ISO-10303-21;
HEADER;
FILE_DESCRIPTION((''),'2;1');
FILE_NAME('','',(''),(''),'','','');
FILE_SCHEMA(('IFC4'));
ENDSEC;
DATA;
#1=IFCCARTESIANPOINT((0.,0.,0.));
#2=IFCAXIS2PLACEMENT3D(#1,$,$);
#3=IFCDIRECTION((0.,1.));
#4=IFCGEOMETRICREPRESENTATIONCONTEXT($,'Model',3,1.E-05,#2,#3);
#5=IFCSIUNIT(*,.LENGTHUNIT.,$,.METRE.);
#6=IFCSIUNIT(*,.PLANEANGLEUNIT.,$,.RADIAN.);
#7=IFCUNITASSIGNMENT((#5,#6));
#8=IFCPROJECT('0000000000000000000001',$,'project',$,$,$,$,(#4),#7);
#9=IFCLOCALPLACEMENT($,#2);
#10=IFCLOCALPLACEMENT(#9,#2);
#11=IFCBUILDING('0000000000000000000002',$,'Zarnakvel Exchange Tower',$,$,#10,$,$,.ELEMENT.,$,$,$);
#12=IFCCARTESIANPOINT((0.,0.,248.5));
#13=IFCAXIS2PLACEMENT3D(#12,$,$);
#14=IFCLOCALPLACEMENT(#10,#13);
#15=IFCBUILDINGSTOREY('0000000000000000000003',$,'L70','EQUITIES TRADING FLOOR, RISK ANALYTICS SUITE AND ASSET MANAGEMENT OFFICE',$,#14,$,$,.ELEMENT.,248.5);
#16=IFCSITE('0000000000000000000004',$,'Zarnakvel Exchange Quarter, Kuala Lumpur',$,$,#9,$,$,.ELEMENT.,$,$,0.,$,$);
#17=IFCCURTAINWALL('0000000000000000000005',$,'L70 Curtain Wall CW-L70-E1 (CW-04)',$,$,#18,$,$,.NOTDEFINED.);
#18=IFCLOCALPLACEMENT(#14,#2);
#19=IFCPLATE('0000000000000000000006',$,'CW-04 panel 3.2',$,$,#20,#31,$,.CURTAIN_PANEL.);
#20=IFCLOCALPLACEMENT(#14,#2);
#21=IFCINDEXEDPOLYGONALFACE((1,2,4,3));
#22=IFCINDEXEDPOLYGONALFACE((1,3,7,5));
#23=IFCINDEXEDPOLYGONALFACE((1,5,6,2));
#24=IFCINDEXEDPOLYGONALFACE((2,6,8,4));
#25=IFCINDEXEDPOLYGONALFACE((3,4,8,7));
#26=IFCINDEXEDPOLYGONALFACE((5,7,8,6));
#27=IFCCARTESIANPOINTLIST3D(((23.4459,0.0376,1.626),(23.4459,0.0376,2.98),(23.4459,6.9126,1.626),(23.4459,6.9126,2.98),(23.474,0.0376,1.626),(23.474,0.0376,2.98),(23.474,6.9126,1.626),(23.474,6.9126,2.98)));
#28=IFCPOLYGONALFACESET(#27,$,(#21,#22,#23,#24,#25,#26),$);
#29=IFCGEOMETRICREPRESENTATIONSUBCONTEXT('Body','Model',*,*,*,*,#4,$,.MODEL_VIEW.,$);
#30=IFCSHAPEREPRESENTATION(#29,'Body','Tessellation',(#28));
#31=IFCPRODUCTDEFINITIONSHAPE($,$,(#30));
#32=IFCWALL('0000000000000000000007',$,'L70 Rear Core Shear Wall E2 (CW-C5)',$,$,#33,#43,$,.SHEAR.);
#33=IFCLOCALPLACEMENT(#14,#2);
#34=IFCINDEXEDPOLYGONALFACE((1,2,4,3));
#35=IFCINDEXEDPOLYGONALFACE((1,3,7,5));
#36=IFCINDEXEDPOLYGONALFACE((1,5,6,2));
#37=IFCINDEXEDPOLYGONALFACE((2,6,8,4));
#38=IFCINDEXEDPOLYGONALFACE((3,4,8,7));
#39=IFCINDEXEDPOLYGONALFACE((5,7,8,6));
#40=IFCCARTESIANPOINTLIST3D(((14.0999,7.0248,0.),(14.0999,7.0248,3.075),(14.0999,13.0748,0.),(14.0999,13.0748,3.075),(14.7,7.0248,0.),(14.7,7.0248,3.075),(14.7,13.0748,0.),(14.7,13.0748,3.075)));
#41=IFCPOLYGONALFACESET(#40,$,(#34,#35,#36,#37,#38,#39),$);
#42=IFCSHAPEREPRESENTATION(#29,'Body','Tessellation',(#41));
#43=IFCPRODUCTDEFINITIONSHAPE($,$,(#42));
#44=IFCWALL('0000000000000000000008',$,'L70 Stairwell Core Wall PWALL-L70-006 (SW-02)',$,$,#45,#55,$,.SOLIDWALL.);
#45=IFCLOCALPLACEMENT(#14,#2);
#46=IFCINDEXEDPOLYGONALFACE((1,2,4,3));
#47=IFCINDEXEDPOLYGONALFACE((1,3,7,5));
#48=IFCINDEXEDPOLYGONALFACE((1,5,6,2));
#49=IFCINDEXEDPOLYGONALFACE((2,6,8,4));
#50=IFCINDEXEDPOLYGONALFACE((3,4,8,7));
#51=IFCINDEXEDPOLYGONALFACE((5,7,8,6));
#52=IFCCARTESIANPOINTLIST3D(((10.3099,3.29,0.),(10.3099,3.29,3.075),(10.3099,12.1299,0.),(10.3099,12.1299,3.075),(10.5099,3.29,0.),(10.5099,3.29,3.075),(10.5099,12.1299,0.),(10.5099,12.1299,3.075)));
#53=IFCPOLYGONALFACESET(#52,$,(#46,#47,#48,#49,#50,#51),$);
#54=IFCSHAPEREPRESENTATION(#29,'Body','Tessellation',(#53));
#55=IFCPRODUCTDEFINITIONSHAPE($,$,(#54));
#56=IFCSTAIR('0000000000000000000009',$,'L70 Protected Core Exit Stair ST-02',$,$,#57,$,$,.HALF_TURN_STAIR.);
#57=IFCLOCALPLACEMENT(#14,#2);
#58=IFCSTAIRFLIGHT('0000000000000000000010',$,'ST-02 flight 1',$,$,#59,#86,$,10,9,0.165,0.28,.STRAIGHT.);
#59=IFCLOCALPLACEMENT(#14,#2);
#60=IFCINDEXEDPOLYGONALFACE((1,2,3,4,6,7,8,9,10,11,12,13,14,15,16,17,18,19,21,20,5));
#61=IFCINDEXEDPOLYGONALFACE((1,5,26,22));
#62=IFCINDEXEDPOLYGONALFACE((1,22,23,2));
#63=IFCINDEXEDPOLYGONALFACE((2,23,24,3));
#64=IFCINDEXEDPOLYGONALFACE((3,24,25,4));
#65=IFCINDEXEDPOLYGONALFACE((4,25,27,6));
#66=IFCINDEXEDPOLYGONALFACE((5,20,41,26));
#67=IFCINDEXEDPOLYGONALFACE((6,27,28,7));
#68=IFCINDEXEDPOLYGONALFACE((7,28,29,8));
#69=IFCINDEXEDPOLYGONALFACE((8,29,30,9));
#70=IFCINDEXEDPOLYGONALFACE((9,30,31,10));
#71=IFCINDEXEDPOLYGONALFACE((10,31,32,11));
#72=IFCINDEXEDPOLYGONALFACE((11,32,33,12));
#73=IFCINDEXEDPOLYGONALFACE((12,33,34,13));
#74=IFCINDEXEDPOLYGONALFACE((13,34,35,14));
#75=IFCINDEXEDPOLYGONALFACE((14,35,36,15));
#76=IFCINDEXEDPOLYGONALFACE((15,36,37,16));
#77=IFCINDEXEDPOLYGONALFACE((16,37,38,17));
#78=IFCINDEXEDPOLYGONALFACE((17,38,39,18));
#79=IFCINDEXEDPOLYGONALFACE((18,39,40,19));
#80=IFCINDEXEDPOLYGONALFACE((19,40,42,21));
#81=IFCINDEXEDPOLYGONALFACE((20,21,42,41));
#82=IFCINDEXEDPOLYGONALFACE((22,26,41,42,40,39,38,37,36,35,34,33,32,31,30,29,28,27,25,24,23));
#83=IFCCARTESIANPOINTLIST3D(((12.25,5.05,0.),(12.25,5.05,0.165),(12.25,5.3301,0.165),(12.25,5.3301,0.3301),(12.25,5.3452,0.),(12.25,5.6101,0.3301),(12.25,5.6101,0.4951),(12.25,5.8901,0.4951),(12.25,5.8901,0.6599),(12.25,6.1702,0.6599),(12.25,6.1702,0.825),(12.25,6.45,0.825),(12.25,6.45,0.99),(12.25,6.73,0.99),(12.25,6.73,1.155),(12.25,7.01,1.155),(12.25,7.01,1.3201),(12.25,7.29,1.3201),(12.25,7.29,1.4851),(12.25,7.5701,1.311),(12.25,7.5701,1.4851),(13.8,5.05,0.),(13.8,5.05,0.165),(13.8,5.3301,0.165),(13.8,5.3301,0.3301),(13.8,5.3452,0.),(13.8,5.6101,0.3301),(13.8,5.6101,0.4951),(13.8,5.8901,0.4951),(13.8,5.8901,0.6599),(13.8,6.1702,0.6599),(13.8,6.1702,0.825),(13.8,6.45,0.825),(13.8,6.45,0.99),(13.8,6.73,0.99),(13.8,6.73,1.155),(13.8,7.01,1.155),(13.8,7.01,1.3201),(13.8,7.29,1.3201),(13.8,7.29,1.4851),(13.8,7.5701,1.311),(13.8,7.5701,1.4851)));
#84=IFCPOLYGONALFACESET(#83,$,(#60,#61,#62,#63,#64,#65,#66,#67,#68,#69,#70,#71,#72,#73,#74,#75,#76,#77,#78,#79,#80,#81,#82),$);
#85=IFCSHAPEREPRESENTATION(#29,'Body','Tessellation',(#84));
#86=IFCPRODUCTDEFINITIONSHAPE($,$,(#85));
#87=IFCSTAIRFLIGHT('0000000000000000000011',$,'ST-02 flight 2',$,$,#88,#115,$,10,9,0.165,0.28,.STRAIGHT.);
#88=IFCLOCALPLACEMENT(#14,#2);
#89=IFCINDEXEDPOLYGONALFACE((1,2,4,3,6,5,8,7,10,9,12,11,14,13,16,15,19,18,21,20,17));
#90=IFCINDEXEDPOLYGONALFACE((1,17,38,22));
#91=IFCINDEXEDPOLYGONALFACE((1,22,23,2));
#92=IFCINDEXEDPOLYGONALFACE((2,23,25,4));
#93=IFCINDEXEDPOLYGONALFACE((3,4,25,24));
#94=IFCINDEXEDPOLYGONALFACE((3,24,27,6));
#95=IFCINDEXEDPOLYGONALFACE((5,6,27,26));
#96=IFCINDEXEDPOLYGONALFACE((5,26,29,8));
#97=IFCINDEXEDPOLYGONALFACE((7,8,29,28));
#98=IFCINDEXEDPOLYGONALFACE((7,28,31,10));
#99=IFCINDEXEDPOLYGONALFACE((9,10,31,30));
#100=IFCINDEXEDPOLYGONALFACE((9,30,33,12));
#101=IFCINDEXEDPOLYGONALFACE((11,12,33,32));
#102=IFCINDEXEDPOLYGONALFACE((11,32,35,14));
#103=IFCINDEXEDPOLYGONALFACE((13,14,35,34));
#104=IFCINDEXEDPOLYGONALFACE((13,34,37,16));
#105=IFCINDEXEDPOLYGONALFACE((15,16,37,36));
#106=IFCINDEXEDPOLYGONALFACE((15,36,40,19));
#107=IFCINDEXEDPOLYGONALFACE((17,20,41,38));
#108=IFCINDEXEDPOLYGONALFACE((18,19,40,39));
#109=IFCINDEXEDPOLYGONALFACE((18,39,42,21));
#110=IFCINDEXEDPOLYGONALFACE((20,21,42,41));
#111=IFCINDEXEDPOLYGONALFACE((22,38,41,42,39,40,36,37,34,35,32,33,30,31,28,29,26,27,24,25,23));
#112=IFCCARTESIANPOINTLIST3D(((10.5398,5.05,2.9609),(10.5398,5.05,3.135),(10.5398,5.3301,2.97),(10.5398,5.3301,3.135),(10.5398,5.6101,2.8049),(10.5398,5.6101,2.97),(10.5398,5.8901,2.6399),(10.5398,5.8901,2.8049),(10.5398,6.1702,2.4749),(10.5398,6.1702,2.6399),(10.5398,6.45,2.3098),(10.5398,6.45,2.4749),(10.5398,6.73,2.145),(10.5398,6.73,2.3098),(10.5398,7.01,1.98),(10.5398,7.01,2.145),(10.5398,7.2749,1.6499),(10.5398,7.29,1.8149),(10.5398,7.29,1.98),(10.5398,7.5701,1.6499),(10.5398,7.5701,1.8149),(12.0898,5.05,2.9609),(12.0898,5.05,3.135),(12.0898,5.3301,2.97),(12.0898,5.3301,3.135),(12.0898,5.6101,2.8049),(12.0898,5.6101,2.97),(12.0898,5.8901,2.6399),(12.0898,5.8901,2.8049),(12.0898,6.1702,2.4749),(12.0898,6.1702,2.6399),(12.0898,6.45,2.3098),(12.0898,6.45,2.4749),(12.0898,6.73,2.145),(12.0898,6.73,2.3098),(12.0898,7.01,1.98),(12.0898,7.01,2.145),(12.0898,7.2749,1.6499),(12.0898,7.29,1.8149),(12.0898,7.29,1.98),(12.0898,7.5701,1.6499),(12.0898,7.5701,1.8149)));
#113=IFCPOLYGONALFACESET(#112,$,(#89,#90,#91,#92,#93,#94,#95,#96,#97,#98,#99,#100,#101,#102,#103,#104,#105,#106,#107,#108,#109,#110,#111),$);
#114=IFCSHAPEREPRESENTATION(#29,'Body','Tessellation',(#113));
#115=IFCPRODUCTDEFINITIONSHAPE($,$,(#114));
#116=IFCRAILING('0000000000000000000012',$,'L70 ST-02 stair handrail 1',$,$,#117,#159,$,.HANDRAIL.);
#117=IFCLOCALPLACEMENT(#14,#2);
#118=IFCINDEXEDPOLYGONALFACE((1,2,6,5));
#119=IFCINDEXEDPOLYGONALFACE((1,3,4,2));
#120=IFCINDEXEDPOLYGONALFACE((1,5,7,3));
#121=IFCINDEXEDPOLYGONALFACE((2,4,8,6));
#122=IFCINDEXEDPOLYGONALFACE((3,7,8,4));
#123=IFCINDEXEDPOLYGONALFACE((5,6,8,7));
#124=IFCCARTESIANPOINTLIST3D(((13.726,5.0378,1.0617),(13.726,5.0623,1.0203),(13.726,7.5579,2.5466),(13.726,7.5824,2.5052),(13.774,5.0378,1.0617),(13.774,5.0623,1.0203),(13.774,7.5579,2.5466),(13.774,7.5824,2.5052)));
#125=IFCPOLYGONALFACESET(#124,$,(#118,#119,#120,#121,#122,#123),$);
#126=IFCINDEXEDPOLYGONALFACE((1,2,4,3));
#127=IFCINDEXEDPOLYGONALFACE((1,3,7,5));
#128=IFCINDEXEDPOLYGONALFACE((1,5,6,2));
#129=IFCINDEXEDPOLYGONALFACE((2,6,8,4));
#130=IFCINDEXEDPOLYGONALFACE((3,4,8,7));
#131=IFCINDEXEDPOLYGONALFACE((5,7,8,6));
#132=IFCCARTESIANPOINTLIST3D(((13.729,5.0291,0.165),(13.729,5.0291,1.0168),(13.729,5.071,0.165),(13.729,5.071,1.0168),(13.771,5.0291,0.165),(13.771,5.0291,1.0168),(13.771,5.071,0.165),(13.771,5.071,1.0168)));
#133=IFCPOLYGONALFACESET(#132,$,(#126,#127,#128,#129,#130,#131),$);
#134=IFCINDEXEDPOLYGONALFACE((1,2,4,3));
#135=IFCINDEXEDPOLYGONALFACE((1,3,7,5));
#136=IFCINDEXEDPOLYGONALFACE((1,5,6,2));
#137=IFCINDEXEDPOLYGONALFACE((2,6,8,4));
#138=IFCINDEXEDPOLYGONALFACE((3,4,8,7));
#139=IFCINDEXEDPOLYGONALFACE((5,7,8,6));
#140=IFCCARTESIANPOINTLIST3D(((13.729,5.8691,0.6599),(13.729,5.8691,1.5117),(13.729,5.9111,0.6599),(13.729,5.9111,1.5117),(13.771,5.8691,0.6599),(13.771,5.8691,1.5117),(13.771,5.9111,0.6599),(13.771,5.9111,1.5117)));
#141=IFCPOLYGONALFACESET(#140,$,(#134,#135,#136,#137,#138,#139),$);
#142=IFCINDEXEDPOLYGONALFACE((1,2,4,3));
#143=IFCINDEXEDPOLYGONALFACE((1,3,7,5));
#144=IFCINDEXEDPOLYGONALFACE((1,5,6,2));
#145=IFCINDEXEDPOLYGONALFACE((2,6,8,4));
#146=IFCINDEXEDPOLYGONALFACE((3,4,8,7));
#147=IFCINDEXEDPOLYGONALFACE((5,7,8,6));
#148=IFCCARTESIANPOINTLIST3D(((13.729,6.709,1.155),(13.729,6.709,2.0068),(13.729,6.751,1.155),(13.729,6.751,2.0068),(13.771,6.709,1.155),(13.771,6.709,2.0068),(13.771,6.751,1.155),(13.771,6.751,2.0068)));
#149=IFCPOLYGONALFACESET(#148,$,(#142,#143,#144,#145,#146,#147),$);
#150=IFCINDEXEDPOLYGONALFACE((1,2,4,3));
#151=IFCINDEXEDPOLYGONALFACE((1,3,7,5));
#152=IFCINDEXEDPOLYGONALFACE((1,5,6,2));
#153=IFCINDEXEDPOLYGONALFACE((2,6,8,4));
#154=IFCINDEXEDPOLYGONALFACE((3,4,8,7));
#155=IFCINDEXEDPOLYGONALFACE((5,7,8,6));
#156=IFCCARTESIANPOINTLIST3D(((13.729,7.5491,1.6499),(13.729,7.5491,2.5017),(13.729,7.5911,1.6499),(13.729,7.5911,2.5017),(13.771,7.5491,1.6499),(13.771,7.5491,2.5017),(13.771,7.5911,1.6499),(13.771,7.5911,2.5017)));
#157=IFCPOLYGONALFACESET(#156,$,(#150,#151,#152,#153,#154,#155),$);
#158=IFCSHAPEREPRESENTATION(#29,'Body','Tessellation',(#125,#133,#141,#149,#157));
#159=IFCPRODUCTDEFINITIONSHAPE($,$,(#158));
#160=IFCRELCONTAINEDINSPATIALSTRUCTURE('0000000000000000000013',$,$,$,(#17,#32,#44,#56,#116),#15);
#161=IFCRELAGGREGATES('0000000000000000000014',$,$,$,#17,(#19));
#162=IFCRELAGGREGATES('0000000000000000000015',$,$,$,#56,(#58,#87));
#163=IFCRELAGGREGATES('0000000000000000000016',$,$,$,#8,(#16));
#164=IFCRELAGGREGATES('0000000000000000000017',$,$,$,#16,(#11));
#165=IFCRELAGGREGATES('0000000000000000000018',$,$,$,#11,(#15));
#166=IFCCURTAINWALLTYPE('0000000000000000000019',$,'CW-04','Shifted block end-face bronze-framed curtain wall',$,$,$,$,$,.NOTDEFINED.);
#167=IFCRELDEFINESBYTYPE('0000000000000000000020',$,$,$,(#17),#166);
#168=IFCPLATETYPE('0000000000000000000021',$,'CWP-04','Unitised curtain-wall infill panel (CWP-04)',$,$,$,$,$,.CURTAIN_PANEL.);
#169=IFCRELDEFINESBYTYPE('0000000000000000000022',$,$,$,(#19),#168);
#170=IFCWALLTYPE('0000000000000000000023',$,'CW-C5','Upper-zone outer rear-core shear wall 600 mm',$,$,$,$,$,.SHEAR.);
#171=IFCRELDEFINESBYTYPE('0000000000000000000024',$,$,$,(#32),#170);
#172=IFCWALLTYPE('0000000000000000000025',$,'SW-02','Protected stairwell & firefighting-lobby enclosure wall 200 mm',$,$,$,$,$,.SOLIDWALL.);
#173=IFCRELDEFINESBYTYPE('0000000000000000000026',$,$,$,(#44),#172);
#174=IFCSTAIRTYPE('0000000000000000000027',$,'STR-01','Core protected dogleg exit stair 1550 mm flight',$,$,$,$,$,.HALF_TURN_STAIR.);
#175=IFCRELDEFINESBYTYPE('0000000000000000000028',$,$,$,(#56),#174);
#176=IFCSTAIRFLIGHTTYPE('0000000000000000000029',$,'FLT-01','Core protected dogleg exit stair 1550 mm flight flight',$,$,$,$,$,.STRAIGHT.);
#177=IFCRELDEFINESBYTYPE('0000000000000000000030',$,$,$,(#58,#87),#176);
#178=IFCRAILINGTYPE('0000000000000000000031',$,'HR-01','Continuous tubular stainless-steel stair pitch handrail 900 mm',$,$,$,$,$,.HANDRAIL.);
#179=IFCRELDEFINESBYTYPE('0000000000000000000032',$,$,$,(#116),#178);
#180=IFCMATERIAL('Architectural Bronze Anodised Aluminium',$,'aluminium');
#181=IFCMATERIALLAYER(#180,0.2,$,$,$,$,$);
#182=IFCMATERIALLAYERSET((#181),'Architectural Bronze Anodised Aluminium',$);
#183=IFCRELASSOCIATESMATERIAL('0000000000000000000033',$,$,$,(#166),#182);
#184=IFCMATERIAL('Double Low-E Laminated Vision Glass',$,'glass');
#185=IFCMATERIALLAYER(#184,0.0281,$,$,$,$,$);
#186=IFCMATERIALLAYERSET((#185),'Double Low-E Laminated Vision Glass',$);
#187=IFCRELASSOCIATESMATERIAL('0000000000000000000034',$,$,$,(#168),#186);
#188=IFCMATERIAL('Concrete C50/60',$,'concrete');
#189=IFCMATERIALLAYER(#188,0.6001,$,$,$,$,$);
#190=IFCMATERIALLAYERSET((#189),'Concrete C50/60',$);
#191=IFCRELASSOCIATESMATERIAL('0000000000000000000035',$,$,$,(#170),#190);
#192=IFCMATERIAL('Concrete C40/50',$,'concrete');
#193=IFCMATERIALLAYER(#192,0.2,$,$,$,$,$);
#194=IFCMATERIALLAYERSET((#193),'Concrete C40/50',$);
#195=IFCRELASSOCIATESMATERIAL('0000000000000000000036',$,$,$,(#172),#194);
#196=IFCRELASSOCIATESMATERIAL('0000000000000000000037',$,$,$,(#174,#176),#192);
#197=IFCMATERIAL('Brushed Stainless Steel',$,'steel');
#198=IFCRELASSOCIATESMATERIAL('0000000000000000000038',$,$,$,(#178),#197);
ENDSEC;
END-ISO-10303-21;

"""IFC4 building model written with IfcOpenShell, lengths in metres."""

from ifc_helpers import new_model, si_unit, direction, frame, frame_2d, origin, origin_2d, place, context, subcontext, project, spatial, polyline, rectangle, outline, extrude, source, transform, mapped, material, layer, layer_set, type_object, element, aggregate, save


model = new_model("IFC4")

# Units and contexts
model_context = context("Model", 3, precision=1e-05, world=origin(), true_north=direction((0.0, 1.0)))
body_context = subcontext(model_context, "Body", "Model", "MODEL_VIEW")
ifc_project = project(units=[si_unit("LENGTHUNIT", "METRE"), si_unit("PLANEANGLEUNIT", "RADIAN")], contexts=[model_context])

# Site, building, storey
site_placement = place(None, origin())
site = spatial("IfcSite", under=ifc_project, at=site_placement, Name="Zarnakvel Exchange Quarter, Kuala Lumpur", CompositionType="ELEMENT", RefElevation=0.0)
building_placement = place(site_placement, origin())
building = spatial("IfcBuilding", under=site, at=building_placement, Name="Zarnakvel Exchange Tower", CompositionType="ELEMENT")
storey_placement = place(building_placement, frame((0.0, 0.0, 248.5)))
storey = spatial("IfcBuildingStorey", under=building, at=storey_placement, Name="L70", Description="EQUITIES TRADING FLOOR, RISK ANALYTICS SUITE AND ASSET MANAGEMENT OFFICE", CompositionType="ELEMENT", Elevation=248.5)

# Shared definitions
ifc_material_1 = material(Name="Concrete C50/60", Category="concrete")

# Curtain wall, plate
ifc_material_2 = material(Name="Architectural Bronze Anodised Aluminium", Category="aluminium")
ifc_layer_1 = layer(ifc_material_2, 0.2)
ifc_layer_set_1 = layer_set([ifc_layer_1], Name="Architectural Bronze Anodised Aluminium")
curtain_wall_type = type_object("IfcCurtainWallType", Name="CW-04", Description="Shifted block end-face bronze-framed curtain wall", PredefinedType="NOTDEFINED", material=ifc_layer_set_1)
curtain_wall_placement = place(storey_placement, origin())
curtain_wall = element("IfcCurtainWall", 1, at=curtain_wall_placement, inside=storey, type_object=curtain_wall_type, Name="L70 Curtain Wall CW-L70-E1 (CW-04)", PredefinedType="NOTDEFINED")
ifc_material_3 = material(Name="Double Low-E Laminated Vision Glass", Category="glass")
ifc_layer_2 = layer(ifc_material_3, 0.0281)
ifc_layer_set_2 = layer_set([ifc_layer_2], Name="Double Low-E Laminated Vision Glass")
plate_type = type_object("IfcPlateType", Name="CWP-04", Description="Unitised curtain-wall infill panel (CWP-04)", PredefinedType="CURTAIN_PANEL", material=ifc_layer_set_2)
shared_shape_1 = source(origin(), body_context, "Body", "SweptSolid", [
    extrude(rectangle(XDim=6.875, YDim=0.0281, at=origin_2d()), origin(), (0.0, 0.0, 1.0), 1.354),
])
plate_1_placement = place(storey_placement, frame((23.46, 3.4751, 1.626), z_axis=(0.0, 0.0, 1.0), x_axis=(0.0, 1.0, 0.0)))
plate_1 = element("IfcPlate", 2, at=plate_1_placement, type_object=plate_type, Name="CW-04 panel 3.2", PredefinedType="CURTAIN_PANEL", context=body_context, shape_type="MappedRepresentation", body=[
    mapped(shared_shape_1, transform((0.0, 0.0, 0.0), x_axis=(1.0, 0.0, 0.0), y_axis=(0.0, 1.0, 0.0), z_axis=(0.0, 0.0, 1.0), scale=1.0)),
])
aggregate(curtain_wall, [plate_1])

# Wall
ifc_layer_3 = layer(ifc_material_1, 0.6001)
ifc_layer_set_3 = layer_set([ifc_layer_3], Name="Concrete C50/60")
wall_type_1 = type_object("IfcWallType", Name="CW-C5", Description="Upper-zone outer rear-core shear wall 600 mm", PredefinedType="SHEAR", material=ifc_layer_set_3)
wall_1_placement = place(storey_placement, frame((14.3999, 7.0249, 0.0), z_axis=(0.0, 0.0, 1.0), x_axis=(0.0, 1.0, 0.0)))
element("IfcWall", 3, at=wall_1_placement, inside=storey, type_object=wall_type_1, Name="L70 Rear Core Shear Wall E2 (CW-C5)", PredefinedType="SHEAR", context=body_context, shape_type="SweptSolid", body=[
    extrude(rectangle(XDim=6.05, YDim=0.6001, at=frame_2d((3.0249, 0.0))), origin(), (0.0, 0.0, 1.0), 3.075),
])

# Shared definitions
ifc_material_4 = material(Name="Concrete C40/50", Category="concrete")
ifc_layer_4 = layer(ifc_material_4, 0.2)
ifc_layer_set_4 = layer_set([ifc_layer_4], Name="Concrete C40/50")
wall_type_2 = type_object("IfcWallType", Name="SW-02", Description="Protected stairwell & firefighting-lobby enclosure wall 200 mm", PredefinedType="SOLIDWALL", material=ifc_layer_set_4)

# Wall
wall_2_placement = place(storey_placement, frame((10.4099, 3.29, 0.0), z_axis=(0.0, 0.0, 1.0), x_axis=(0.0, 1.0, 0.0)))
element("IfcWall", 4, at=wall_2_placement, inside=storey, type_object=wall_type_2, Name="L70 Stairwell Core Wall PWALL-L70-006 (SW-02)", PredefinedType="SOLIDWALL", context=body_context, shape_type="SweptSolid", body=[
    extrude(rectangle(XDim=8.8398, YDim=0.2, at=frame_2d((4.4199, 0.0))), origin(), (0.0, 0.0, 1.0), 3.075),
])

# Stair, stair flights
stair_type = type_object("IfcStairType", Name="STR-01", Description="Core protected dogleg exit stair 1550 mm flight", PredefinedType="HALF_TURN_STAIR", material=ifc_material_4)
stair_placement = place(storey_placement, origin())
stair = element("IfcStair", 5, at=stair_placement, inside=storey, type_object=stair_type, Name="L70 Protected Core Exit Stair ST-02", PredefinedType="HALF_TURN_STAIR")
stair_flight_type = type_object("IfcStairFlightType", Name="FLT-01", Description="Core protected dogleg exit stair 1550 mm flight flight", PredefinedType="STRAIGHT", material=ifc_material_4)
stair_flight_1_placement = place(storey_placement, frame((13.0249, 5.05, 0.0), z_axis=(0.0, 0.0, 1.0), x_axis=(0.0, 1.0, 0.0)))
stair_flight_1 = element("IfcStairFlight", 6, at=stair_flight_1_placement, type_object=stair_flight_type, Name="ST-02 flight 1", NumberOfRisers=10, NumberOfTreads=9, PredefinedType="STRAIGHT", RiserHeight=0.165, TreadLength=0.28, context=body_context, shape_type="SweptSolid", body=[
    extrude(outline(polyline([(0.0, 0.0), (0.0, 0.165), (0.28, 0.165), (0.28, 0.3301), (0.5601, 0.3301), (0.5601, 0.4951), (0.8401, 0.4951), (0.8401, 0.6599), (1.1201, 0.6599), (1.1201, 0.825), (1.3999, 0.825), (1.3999, 0.99), (1.6799, 0.99), (1.6799, 1.155), (1.96, 1.155), (1.96, 1.3201), (2.24, 1.3201), (2.24, 1.4851), (2.52, 1.4851), (2.52, 1.6499), (2.52, 1.311), (0.2952, 0.0), (0.0, 0.0)])), frame((0.0, 0.7749, 0.0), z_axis=(0.0, -1.0, 0.0), x_axis=(1.0, 0.0, 0.0)), (0.0, 0.0, 1.0), 1.55),
])
stair_flight_2_placement = place(storey_placement, frame((11.3149, 7.5701, 1.6499), z_axis=(0.0, 0.0, 1.0), x_axis=(0.0, -1.0, 0.0)))
stair_flight_2 = element("IfcStairFlight", 7, at=stair_flight_2_placement, type_object=stair_flight_type, Name="ST-02 flight 2", NumberOfRisers=10, NumberOfTreads=9, PredefinedType="STRAIGHT", RiserHeight=0.165, TreadLength=0.28, context=body_context, shape_type="SweptSolid", body=[
    extrude(outline(polyline([(0.0, 0.0), (0.0, 0.165), (0.28, 0.165), (0.28, 0.3301), (0.5601, 0.3301), (0.5601, 0.4951), (0.8401, 0.4951), (0.8401, 0.6599), (1.1201, 0.6599), (1.1201, 0.825), (1.3999, 0.825), (1.3999, 0.99), (1.6799, 0.99), (1.6799, 1.155), (1.96, 1.155), (1.96, 1.3201), (2.24, 1.3201), (2.24, 1.4851), (2.52, 1.4851), (2.52, 1.6499), (2.52, 1.311), (0.2952, 0.0), (0.0, 0.0)])), frame((0.0, 0.7749, 0.0), z_axis=(0.0, -1.0, 0.0), x_axis=(1.0, 0.0, 0.0)), (0.0, 0.0, 1.0), 1.55),
])
aggregate(stair, [stair_flight_1, stair_flight_2])

# Railing
ifc_material_5 = material(Name="Brushed Stainless Steel", Category="steel")
railing_type_1 = type_object("IfcRailingType", Name="HR-01", Description="Continuous tubular stainless-steel stair pitch handrail 900 mm", PredefinedType="HANDRAIL", material=ifc_material_5)
railing_1_placement = place(storey_placement, frame((13.75, 5.05, 0.165)))
element("IfcRailing", 8, at=railing_1_placement, inside=storey, type_object=railing_type_1, Name="L70 ST-02 stair handrail 1", PredefinedType="HANDRAIL", context=body_context, shape_type="SweptSolid", body=[
    extrude(rectangle(XDim=0.0481, YDim=0.0481, at=origin_2d()), frame((0.0, 0.0, 0.876), z_axis=(0.0, 0.861561, 0.507655), x_axis=(-1.0, 0.0, 0.0)), (0.0, 0.0, 1.0), 2.925),
    extrude(rectangle(XDim=0.042, YDim=0.042, at=origin_2d()), origin(), (0.0, 0.0, 1.0), 0.8518),
    extrude(rectangle(XDim=0.042, YDim=0.042, at=origin_2d()), frame((0.0, 0.8401, 0.4949)), (0.0, 0.0, 1.0), 0.8518),
    extrude(rectangle(XDim=0.042, YDim=0.042, at=origin_2d()), frame((0.0, 1.6799, 0.99)), (0.0, 0.0, 1.0), 0.8518),
    extrude(rectangle(XDim=0.042, YDim=0.042, at=origin_2d()), frame((0.0, 2.52, 1.4849)), (0.0, 0.0, 1.0), 0.8518),
])

save(model, "model.ifc")
